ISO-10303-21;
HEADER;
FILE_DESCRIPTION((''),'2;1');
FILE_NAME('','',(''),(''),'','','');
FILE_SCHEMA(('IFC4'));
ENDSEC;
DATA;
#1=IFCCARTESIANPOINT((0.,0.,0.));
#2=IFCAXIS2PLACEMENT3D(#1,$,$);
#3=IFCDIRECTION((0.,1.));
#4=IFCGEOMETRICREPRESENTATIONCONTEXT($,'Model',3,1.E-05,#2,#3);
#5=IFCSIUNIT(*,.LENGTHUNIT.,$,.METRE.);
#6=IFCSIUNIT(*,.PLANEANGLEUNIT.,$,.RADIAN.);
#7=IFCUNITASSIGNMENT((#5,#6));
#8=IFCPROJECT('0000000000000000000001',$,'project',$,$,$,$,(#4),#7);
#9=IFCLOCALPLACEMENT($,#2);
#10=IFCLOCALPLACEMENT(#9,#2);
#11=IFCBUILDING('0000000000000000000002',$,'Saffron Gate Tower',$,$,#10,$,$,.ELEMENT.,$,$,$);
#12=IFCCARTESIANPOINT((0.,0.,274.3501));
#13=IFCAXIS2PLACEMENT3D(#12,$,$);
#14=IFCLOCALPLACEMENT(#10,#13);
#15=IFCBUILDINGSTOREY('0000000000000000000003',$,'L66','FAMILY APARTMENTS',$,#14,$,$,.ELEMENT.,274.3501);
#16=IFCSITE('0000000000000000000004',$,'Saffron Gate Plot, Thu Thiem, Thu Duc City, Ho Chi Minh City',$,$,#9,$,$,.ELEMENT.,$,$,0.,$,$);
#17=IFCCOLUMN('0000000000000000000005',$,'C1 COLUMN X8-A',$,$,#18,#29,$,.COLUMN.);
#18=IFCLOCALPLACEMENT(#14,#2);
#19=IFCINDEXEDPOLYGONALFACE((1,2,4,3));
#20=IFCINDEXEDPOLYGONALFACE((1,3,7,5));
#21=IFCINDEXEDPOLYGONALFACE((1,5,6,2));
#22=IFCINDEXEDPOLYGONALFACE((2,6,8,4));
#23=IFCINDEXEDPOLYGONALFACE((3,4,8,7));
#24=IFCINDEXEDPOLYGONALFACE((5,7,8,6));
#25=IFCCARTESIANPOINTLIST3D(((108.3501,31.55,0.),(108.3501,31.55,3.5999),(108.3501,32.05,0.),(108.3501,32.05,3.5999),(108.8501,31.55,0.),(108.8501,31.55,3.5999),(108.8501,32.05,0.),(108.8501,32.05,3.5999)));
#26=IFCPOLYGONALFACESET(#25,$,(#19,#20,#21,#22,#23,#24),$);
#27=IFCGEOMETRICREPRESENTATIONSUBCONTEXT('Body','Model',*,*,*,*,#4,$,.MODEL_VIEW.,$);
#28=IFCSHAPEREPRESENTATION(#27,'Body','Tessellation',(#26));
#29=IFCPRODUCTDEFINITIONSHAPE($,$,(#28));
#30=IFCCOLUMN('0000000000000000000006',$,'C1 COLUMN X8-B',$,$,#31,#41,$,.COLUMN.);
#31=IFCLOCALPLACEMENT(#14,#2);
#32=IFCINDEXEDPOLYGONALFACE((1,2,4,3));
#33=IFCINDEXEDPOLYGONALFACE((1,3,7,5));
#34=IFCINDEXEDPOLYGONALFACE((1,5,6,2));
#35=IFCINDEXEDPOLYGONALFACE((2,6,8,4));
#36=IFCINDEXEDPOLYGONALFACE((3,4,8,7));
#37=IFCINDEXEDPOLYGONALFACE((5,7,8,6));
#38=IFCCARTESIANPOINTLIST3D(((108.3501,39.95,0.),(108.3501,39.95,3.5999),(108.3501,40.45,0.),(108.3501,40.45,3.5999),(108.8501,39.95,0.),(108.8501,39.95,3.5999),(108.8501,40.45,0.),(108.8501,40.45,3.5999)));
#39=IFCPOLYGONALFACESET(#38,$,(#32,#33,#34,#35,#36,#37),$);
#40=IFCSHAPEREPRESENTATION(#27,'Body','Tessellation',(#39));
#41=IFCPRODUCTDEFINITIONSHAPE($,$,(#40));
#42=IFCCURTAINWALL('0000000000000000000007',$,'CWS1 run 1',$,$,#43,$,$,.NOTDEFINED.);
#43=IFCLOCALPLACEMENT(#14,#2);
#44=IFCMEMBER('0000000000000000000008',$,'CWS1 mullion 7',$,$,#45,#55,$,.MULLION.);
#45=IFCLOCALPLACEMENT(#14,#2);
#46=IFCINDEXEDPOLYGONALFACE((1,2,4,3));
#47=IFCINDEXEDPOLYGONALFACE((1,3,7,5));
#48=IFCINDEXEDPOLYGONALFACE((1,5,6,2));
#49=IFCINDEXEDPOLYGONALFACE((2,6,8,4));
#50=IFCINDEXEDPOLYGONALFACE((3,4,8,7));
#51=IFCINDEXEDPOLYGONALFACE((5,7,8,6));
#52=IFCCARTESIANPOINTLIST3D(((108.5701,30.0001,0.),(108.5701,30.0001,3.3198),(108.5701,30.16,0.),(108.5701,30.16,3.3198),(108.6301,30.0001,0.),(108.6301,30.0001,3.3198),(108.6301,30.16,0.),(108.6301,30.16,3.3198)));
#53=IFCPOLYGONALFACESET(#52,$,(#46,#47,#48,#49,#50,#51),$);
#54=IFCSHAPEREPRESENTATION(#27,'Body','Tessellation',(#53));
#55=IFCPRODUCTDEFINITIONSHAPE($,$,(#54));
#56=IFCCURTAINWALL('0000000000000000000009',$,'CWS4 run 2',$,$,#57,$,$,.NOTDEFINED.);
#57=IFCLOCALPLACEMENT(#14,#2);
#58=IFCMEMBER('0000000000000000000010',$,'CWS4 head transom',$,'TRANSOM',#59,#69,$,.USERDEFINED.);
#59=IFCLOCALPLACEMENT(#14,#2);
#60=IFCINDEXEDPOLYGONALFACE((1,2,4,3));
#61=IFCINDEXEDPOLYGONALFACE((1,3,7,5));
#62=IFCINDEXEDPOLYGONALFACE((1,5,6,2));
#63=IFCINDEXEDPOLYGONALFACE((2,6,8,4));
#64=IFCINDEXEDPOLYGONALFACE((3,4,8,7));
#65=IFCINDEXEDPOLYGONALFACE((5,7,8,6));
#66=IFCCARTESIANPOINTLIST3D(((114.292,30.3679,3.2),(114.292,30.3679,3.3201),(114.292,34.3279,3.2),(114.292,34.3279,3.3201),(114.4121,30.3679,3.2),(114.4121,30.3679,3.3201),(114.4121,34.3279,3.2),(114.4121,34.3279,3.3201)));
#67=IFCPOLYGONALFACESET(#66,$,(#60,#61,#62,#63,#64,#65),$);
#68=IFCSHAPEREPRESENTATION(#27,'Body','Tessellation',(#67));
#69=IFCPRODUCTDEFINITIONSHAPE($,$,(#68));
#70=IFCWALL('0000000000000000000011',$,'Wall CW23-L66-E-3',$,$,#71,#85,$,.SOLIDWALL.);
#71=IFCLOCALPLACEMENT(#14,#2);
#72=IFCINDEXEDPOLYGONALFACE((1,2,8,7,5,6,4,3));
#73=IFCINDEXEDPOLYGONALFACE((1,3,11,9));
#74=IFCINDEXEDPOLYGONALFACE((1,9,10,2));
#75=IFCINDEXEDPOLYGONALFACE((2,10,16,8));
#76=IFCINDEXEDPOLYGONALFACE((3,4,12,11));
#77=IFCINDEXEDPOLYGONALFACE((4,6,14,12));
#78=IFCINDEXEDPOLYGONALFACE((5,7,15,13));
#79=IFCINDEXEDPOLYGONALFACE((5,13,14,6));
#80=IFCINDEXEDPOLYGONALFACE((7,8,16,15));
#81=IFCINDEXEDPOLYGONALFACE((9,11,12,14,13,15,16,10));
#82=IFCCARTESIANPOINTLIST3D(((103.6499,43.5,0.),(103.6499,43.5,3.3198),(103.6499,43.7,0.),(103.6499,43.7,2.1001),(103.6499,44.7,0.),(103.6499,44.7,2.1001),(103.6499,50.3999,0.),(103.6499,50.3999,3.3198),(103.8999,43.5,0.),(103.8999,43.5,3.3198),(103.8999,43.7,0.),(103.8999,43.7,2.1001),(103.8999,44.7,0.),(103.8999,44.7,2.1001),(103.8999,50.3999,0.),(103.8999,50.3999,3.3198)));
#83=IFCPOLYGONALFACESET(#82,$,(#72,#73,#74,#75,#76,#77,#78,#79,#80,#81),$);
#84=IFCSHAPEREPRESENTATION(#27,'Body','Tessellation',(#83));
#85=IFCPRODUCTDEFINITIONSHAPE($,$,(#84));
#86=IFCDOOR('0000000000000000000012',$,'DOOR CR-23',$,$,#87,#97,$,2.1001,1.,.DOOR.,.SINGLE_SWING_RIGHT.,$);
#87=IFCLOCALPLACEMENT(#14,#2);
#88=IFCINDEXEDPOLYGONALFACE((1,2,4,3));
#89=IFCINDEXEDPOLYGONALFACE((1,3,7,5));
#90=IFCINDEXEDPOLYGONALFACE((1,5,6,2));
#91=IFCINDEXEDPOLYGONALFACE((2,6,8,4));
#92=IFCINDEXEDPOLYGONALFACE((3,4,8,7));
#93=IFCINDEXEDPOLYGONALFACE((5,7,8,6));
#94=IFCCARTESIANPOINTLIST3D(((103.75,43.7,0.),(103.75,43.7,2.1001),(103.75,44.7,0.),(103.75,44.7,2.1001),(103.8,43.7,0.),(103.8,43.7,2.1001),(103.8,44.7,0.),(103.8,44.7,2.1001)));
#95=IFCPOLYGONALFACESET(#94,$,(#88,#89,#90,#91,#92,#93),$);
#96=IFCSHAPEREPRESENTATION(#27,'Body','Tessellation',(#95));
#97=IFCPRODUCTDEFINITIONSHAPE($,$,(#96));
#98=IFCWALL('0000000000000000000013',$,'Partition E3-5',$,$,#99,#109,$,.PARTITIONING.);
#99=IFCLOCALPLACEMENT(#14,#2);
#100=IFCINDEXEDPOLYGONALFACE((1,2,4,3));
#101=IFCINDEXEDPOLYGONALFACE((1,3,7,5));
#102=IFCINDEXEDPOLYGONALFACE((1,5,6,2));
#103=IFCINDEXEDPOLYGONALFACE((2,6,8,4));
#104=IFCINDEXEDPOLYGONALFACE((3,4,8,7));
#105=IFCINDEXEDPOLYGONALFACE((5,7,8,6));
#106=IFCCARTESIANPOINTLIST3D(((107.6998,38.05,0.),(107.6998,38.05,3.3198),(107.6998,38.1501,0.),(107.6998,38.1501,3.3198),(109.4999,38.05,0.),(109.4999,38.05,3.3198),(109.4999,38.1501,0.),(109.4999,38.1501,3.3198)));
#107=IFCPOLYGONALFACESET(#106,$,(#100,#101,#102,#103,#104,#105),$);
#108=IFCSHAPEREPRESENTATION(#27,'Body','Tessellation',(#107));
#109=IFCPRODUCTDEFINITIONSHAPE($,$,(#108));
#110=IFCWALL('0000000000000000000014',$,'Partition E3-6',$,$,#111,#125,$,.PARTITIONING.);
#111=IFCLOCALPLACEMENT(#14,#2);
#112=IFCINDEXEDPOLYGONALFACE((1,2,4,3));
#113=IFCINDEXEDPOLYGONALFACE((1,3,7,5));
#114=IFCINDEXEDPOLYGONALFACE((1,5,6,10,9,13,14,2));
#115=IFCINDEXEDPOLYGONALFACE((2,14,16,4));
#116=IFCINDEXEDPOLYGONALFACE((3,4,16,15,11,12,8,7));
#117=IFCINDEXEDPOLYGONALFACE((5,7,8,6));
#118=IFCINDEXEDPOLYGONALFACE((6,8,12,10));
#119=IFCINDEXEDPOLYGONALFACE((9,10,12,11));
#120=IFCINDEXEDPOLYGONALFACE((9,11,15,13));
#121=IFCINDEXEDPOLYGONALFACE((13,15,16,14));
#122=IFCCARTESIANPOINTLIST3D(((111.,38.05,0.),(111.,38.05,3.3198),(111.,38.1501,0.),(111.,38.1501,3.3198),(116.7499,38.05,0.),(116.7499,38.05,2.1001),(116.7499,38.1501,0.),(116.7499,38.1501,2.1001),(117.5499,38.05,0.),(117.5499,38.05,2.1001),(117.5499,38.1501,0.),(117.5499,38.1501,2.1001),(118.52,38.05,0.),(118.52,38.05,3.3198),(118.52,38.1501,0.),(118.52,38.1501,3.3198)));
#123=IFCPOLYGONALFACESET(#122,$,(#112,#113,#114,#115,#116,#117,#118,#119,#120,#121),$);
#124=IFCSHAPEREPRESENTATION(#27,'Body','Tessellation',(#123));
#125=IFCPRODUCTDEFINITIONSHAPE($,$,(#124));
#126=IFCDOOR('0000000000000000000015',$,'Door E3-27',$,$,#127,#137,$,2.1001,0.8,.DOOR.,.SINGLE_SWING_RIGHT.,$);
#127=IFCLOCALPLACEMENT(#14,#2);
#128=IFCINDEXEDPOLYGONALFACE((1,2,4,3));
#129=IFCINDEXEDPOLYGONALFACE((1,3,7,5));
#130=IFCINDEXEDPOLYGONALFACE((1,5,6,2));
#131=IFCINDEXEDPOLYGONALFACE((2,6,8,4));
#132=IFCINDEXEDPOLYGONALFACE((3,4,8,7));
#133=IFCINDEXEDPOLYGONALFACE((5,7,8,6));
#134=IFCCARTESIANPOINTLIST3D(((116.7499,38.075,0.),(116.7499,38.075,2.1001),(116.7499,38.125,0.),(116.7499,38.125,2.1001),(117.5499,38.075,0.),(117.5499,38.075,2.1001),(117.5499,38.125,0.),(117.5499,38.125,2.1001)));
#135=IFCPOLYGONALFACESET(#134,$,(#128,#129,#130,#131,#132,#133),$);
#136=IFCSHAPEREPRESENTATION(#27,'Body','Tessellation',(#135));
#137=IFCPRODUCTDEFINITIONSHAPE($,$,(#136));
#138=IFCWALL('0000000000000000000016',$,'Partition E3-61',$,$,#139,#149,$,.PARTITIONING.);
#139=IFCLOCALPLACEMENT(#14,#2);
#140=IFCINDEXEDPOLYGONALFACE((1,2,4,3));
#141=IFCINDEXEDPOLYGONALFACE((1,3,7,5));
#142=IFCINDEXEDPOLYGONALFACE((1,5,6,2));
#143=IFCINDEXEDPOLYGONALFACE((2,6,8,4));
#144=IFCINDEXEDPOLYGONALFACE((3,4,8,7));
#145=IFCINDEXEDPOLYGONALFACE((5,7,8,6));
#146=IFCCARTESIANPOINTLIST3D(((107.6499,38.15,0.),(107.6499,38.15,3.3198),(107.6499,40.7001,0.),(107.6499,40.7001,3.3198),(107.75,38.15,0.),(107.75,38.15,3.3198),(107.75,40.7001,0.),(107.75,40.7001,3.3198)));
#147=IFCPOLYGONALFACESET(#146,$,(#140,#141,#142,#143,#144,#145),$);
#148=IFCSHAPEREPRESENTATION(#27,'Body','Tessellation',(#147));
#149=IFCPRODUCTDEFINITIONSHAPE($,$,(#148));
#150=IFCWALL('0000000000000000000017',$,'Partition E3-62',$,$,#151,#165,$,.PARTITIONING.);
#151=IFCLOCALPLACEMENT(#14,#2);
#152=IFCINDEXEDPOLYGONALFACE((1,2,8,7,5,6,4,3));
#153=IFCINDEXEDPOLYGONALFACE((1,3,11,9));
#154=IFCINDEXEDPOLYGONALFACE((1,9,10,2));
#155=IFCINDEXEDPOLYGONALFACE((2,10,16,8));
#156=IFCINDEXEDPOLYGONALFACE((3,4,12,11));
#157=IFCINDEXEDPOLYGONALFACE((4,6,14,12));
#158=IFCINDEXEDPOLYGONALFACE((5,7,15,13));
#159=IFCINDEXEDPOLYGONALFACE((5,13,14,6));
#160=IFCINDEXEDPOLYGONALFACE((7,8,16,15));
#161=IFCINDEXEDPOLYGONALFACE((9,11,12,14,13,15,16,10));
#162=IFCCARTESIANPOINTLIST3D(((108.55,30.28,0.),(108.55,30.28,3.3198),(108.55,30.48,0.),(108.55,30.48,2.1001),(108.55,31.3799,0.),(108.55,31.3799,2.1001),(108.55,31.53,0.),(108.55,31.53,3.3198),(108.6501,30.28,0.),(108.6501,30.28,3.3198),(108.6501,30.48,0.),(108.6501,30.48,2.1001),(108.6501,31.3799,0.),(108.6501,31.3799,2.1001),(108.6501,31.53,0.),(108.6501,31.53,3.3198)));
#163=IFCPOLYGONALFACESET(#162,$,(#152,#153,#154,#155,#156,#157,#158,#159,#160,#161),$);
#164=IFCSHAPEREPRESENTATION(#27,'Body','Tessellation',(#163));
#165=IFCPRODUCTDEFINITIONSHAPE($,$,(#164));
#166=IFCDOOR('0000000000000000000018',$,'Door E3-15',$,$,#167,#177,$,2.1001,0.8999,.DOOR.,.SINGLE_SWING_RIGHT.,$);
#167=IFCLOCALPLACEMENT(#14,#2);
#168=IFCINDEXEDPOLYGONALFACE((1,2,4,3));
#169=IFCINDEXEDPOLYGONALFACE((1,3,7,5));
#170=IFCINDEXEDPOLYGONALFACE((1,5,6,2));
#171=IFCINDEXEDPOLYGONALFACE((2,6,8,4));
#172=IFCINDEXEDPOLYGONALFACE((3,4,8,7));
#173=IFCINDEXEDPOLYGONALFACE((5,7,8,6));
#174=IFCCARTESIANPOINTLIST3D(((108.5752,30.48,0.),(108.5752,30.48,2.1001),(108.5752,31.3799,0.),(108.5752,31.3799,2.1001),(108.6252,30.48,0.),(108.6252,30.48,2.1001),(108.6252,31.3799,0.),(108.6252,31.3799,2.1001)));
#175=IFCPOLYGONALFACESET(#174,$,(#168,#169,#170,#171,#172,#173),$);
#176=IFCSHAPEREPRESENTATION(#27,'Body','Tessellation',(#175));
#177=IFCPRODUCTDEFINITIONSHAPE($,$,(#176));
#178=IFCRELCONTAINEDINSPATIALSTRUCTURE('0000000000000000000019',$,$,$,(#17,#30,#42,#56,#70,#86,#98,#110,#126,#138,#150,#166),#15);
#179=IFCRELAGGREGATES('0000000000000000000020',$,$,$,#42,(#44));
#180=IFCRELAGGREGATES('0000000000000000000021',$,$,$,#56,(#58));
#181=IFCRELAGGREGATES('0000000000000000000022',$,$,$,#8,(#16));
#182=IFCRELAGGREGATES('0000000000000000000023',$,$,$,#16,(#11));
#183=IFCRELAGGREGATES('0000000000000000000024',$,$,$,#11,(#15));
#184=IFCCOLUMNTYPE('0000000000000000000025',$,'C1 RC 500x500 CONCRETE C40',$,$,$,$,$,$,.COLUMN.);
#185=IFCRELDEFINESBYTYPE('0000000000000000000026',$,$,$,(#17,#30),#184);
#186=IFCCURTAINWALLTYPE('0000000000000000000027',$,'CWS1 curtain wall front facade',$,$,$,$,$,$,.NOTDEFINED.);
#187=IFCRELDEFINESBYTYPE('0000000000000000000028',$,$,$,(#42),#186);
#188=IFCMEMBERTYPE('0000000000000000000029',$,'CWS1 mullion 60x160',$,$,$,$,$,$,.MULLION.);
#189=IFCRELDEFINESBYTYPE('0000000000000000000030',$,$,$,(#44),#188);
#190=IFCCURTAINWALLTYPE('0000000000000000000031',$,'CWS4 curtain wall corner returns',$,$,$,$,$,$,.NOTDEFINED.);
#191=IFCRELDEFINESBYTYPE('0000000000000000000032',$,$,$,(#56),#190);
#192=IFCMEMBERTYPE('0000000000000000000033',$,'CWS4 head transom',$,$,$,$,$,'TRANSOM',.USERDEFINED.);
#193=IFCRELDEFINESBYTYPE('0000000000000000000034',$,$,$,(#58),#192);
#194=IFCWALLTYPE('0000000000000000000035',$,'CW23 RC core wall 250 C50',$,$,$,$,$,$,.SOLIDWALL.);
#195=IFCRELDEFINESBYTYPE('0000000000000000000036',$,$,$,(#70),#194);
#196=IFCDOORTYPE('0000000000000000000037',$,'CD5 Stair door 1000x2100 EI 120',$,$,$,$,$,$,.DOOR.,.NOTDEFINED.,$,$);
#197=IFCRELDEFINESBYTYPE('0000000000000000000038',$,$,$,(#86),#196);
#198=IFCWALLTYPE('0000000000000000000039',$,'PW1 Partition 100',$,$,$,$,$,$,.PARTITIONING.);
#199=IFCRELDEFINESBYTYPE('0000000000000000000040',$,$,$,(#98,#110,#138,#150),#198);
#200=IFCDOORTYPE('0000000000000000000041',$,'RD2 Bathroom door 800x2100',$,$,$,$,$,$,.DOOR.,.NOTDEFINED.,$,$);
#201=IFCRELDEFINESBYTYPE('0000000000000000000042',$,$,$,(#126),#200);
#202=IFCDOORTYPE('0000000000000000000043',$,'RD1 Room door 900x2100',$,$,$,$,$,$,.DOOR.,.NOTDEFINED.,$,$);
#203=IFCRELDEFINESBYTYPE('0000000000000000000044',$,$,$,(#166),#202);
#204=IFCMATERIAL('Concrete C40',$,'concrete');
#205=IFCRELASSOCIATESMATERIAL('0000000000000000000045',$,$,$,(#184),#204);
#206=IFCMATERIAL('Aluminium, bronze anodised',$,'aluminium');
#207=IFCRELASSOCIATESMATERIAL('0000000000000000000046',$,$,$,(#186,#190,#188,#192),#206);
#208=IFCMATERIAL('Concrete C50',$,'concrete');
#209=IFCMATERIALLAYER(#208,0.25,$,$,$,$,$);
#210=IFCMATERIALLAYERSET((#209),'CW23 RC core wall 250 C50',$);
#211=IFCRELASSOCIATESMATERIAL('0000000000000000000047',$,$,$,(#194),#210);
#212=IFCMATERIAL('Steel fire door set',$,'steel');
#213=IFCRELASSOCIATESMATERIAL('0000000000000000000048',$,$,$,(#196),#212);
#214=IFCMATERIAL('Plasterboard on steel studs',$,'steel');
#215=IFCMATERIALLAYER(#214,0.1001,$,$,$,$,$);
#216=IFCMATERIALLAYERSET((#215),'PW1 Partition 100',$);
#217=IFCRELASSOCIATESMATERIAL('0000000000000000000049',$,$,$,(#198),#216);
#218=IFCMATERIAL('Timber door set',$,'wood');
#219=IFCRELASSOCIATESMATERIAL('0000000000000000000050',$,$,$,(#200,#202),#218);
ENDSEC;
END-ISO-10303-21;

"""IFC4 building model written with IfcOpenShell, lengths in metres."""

from ifc_helpers import new_model, si_unit, direction, frame, frame_2d, origin, origin_2d, place, context, subcontext, project, spatial, rectangle, extrude, material, layer, layer_set, material_profile, profile_set, type_object, element, fill, aggregate, save


model = new_model("IFC4")

# Units and contexts
model_context = context("Model", 3, precision=1e-05, world=origin(), true_north=direction((0.0, 1.0)))
body_context = subcontext(model_context, "Body", "Model", "MODEL_VIEW")
ifc_project = project(units=[si_unit("LENGTHUNIT", "METRE"), si_unit("PLANEANGLEUNIT", "RADIAN")], contexts=[model_context])

# Site, building, storey
site_placement = place(None, origin())
site = spatial("IfcSite", under=ifc_project, at=site_placement, Name="Saffron Gate Plot, Thu Thiem, Thu Duc City, Ho Chi Minh City", CompositionType="ELEMENT", RefElevation=0.0)
building_placement = place(site_placement, origin())
building = spatial("IfcBuilding", under=site, at=building_placement, Name="Saffron Gate Tower", CompositionType="ELEMENT")
storey_placement = place(building_placement, frame((0.0, 0.0, 274.3501)))
storey = spatial("IfcBuildingStorey", under=building, at=storey_placement, Name="L66", Description="FAMILY APARTMENTS", CompositionType="ELEMENT", Elevation=274.3501)

# Columns
ifc_material_1 = material(Name="Concrete C40", Category="concrete")
ifc_material_profile_1 = material_profile(ifc_material_1, rectangle(XDim=0.5, YDim=0.5, at=origin_2d()))
ifc_profile_set_1 = profile_set([ifc_material_profile_1], Name="Concrete C40")
column_type = type_object("IfcColumnType", Name="C1 RC 500x500 CONCRETE C40", PredefinedType="COLUMN", material=ifc_profile_set_1)
for number, where, z_axis, x_axis, name in (
    (1, (108.6001, 31.8, 0.0), (0.0, 0.0, 1.0), (1.0, 0.0, 0.0), "C1 COLUMN X8-A"),
    (2, (108.6001, 40.2, 0.0), (0.0, 0.0, 1.0), (1.0, 0.0, 0.0), "C1 COLUMN X8-B"),
):
    element("IfcColumn", number, at=place(storey_placement, frame(where, z_axis=z_axis, x_axis=x_axis)), inside=storey, type_object=column_type, Name=name, PredefinedType="COLUMN", context=body_context, shape_type="SweptSolid", body=[
        extrude(rectangle(XDim=0.5, YDim=0.5, at=origin_2d()), origin(), (0.0, 0.0, 1.0), 3.5999),
    ])

# Curtain walls, members
ifc_material_2 = material(Name="Aluminium, bronze anodised", Category="aluminium")
curtain_wall_type_1 = type_object("IfcCurtainWallType", Name="CWS1 curtain wall front facade", PredefinedType="NOTDEFINED", material=ifc_material_2)
curtain_wall_1_placement = place(storey_placement, origin())
curtain_wall_1 = element("IfcCurtainWall", 3, at=curtain_wall_1_placement, inside=storey, type_object=curtain_wall_type_1, Name="CWS1 run 1", PredefinedType="NOTDEFINED")
ifc_material_profile_2 = material_profile(ifc_material_2, rectangle(XDim=0.1599, YDim=0.0601, at=origin_2d()))
ifc_profile_set_2 = profile_set([ifc_material_profile_2], Name="Aluminium, bronze anodised")
member_type_1 = type_object("IfcMemberType", Name="CWS1 mullion 60x160", PredefinedType="MULLION", material=ifc_profile_set_2)
member_1_placement = place(storey_placement, frame((108.6001, 30.0801, 0.0), z_axis=(0.0, 0.0, 1.0), x_axis=(0.0, 1.0, 0.0)))
member_1 = element("IfcMember", 4, at=member_1_placement, type_object=member_type_1, Name="CWS1 mullion 7", PredefinedType="MULLION", context=body_context, shape_type="SweptSolid", body=[
    extrude(rectangle(XDim=0.1599, YDim=0.0601, at=origin_2d()), origin(), (0.0, 0.0, 1.0), 3.3198),
])
aggregate(curtain_wall_1, [member_1])
curtain_wall_type_2 = type_object("IfcCurtainWallType", Name="CWS4 curtain wall corner returns", PredefinedType="NOTDEFINED", material=ifc_material_2)
curtain_wall_2_placement = place(storey_placement, origin())
curtain_wall_2 = element("IfcCurtainWall", 5, at=curtain_wall_2_placement, inside=storey, type_object=curtain_wall_type_2, Name="CWS4 run 2", PredefinedType="NOTDEFINED")
ifc_material_profile_3 = material_profile(ifc_material_2, rectangle(XDim=0.1201, YDim=0.1201, at=origin_2d()))
ifc_profile_set_3 = profile_set([ifc_material_profile_3], Name="Aluminium, bronze anodised")
member_type_2 = type_object("IfcMemberType", Name="CWS4 head transom", ElementType="TRANSOM", PredefinedType="USERDEFINED", material=ifc_profile_set_3)
member_2_placement = place(storey_placement, frame((114.3521, 30.3679, 3.26), z_axis=(0.0, 1.0, 0.0), x_axis=(-1.0, 0.0, 0.0)))
member_2 = element("IfcMember", 6, at=member_2_placement, type_object=member_type_2, Name="CWS4 head transom", ObjectType="TRANSOM", PredefinedType="USERDEFINED", context=body_context, shape_type="SweptSolid", body=[
    extrude(rectangle(XDim=0.1201, YDim=0.1201, at=origin_2d()), origin(), (0.0, 0.0, 1.0), 3.96),
])
aggregate(curtain_wall_2, [member_2])

# Wall, opening, door
ifc_material_3 = material(Name="Concrete C50", Category="concrete")
ifc_layer_1 = layer(ifc_material_3, 0.25)
ifc_layer_set_1 = layer_set([ifc_layer_1], Name="CW23 RC core wall 250 C50")
wall_type_1 = type_object("IfcWallType", Name="CW23 RC core wall 250 C50", PredefinedType="SOLIDWALL", material=ifc_layer_set_1)
wall_1_placement = place(storey_placement, frame((103.7749, 43.5, 0.0), z_axis=(0.0, 0.0, 1.0), x_axis=(0.0, 1.0, 0.0)))
wall_1 = element("IfcWall", 7, at=wall_1_placement, inside=storey, type_object=wall_type_1, Name="Wall CW23-L66-E-3", PredefinedType="SOLIDWALL", context=body_context, shape_type="SweptSolid", body=[
    extrude(rectangle(XDim=6.8999, YDim=0.25, at=frame_2d((3.45, 0.0))), origin(), (0.0, 0.0, 1.0), 3.3198),
])
opening_1_placement = place(wall_1_placement, frame((0.2, 0.0, 0.0)))
opening_1 = element("IfcOpeningElement", 8, at=opening_1_placement, cuts=wall_1, PredefinedType="OPENING", context=body_context, shape_type="SweptSolid", body=[
    extrude(rectangle(XDim=1.0, YDim=2.1001, at=frame_2d((0.5, 1.05))), frame((0.0, 0.135, 0.0), z_axis=(0.0, -1.0, 0.0), x_axis=(1.0, 0.0, 0.0)), (0.0, 0.0, 1.0), 0.27),
])
ifc_material_4 = material(Name="Steel fire door set", Category="steel")
door_type_1 = type_object("IfcDoorType", Name="CD5 Stair door 1000x2100 EI 120", OperationType="NOTDEFINED", PredefinedType="DOOR", material=ifc_material_4)
door_1_placement = place(opening_1_placement, origin())
door_1 = element("IfcDoor", 9, at=door_1_placement, inside=storey, type_object=door_type_1, Name="DOOR CR-23", OperationType="SINGLE_SWING_RIGHT", OverallHeight=2.1001, OverallWidth=1.0, PredefinedType="DOOR", context=body_context, shape_type="SweptSolid", body=[
    extrude(rectangle(XDim=1.0, YDim=2.1001, at=frame_2d((0.5, 1.05))), frame((0.0, 0.0249, 0.0), z_axis=(0.0, -1.0, 0.0), x_axis=(1.0, 0.0, 0.0)), (0.0, 0.0, 1.0), 0.05),
])
fill(opening_1, door_1)

# Wall
ifc_material_5 = material(Name="Plasterboard on steel studs", Category="steel")
ifc_layer_2 = layer(ifc_material_5, 0.1001)
ifc_layer_set_2 = layer_set([ifc_layer_2], Name="PW1 Partition 100")
wall_type_2 = type_object("IfcWallType", Name="PW1 Partition 100", PredefinedType="PARTITIONING", material=ifc_layer_set_2)
wall_2_placement = place(storey_placement, frame((107.7, 38.1001, 0.0), z_axis=(0.0, 0.0, 1.0), x_axis=(1.0, 0.0, 0.0)))
element("IfcWall", 10, at=wall_2_placement, inside=storey, type_object=wall_type_2, Name="Partition E3-5", PredefinedType="PARTITIONING", context=body_context, shape_type="SweptSolid", body=[
    extrude(rectangle(XDim=1.8, YDim=0.1001, at=frame_2d((0.8999, 0.0))), origin(), (0.0, 0.0, 1.0), 3.3198),
])

# Wall, opening, door
wall_3_placement = place(storey_placement, frame((111.0, 38.1001, 0.0), z_axis=(0.0, 0.0, 1.0), x_axis=(1.0, 0.0, 0.0)))
wall_3 = element("IfcWall", 11, at=wall_3_placement, inside=storey, type_object=wall_type_2, Name="Partition E3-6", PredefinedType="PARTITIONING", context=body_context, shape_type="SweptSolid", body=[
    extrude(rectangle(XDim=7.52, YDim=0.1001, at=frame_2d((3.76, 0.0))), origin(), (0.0, 0.0, 1.0), 3.3198),
])
opening_2_placement = place(wall_3_placement, frame((5.75, 0.0, 0.0)))
opening_2 = element("IfcOpeningElement", 12, at=opening_2_placement, cuts=wall_3, PredefinedType="OPENING", context=body_context, shape_type="SweptSolid", body=[
    extrude(rectangle(XDim=0.8, YDim=2.1001, at=frame_2d((0.3999, 1.05))), frame((0.0, 0.0601, 0.0), z_axis=(0.0, -1.0, 0.0), x_axis=(1.0, 0.0, 0.0)), (0.0, 0.0, 1.0), 0.1201),
])
ifc_material_6 = material(Name="Timber door set", Category="wood")
door_type_2 = type_object("IfcDoorType", Name="RD2 Bathroom door 800x2100", OperationType="NOTDEFINED", PredefinedType="DOOR", material=ifc_material_6)
door_2_placement = place(opening_2_placement, origin())
door_2 = element("IfcDoor", 13, at=door_2_placement, inside=storey, type_object=door_type_2, Name="Door E3-27", OperationType="SINGLE_SWING_RIGHT", OverallHeight=2.1001, OverallWidth=0.8, PredefinedType="DOOR", context=body_context, shape_type="SweptSolid", body=[
    extrude(rectangle(XDim=0.8, YDim=2.1001, at=frame_2d((0.3999, 1.05))), frame((0.0, 0.0249, 0.0), z_axis=(0.0, -1.0, 0.0), x_axis=(1.0, 0.0, 0.0)), (0.0, 0.0, 1.0), 0.05),
])
fill(opening_2, door_2)

# Wall
wall_4_placement = place(storey_placement, frame((107.7, 40.7, 0.0), z_axis=(0.0, 0.0, 1.0), x_axis=(0.0, -1.0, 0.0)))
element("IfcWall", 14, at=wall_4_placement, inside=storey, type_object=wall_type_2, Name="Partition E3-61", PredefinedType="PARTITIONING", context=body_context, shape_type="SweptSolid", body=[
    extrude(rectangle(XDim=2.55, YDim=0.1001, at=frame_2d((1.2749, 0.0))), origin(), (0.0, 0.0, 1.0), 3.3198),
])

# Wall, opening, door
wall_5_placement = place(storey_placement, frame((108.6001, 30.28, 0.0), z_axis=(0.0, 0.0, 1.0), x_axis=(0.0, 1.0, 0.0)))
wall_5 = element("IfcWall", 15, at=wall_5_placement, inside=storey, type_object=wall_type_2, Name="Partition E3-62", PredefinedType="PARTITIONING", context=body_context, shape_type="SweptSolid", body=[
    extrude(rectangle(XDim=1.25, YDim=0.1001, at=frame_2d((0.625, 0.0))), origin(), (0.0, 0.0, 1.0), 3.3198),
])
opening_3_placement = place(wall_5_placement, frame((0.2, 0.0, 0.0)))
opening_3 = element("IfcOpeningElement", 16, at=opening_3_placement, cuts=wall_5, PredefinedType="OPENING", context=body_context, shape_type="SweptSolid", body=[
    extrude(rectangle(XDim=0.8999, YDim=2.1001, at=frame_2d((0.45, 1.05))), frame((0.0, 0.0601, 0.0), z_axis=(0.0, -1.0, 0.0), x_axis=(1.0, 0.0, 0.0)), (0.0, 0.0, 1.0), 0.1201),
])
door_type_3 = type_object("IfcDoorType", Name="RD1 Room door 900x2100", OperationType="NOTDEFINED", PredefinedType="DOOR", material=ifc_material_6)
door_3_placement = place(opening_3_placement, origin())
door_3 = element("IfcDoor", 17, at=door_3_placement, inside=storey, type_object=door_type_3, Name="Door E3-15", OperationType="SINGLE_SWING_RIGHT", OverallHeight=2.1001, OverallWidth=0.8999, PredefinedType="DOOR", context=body_context, shape_type="SweptSolid", body=[
    extrude(rectangle(XDim=0.8999, YDim=2.1001, at=frame_2d((0.45, 1.05))), frame((0.0, 0.0249, 0.0), z_axis=(0.0, -1.0, 0.0), x_axis=(1.0, 0.0, 0.0)), (0.0, 0.0, 1.0), 0.05),
])
fill(opening_3, door_3)

save(model, "model.ifc")
